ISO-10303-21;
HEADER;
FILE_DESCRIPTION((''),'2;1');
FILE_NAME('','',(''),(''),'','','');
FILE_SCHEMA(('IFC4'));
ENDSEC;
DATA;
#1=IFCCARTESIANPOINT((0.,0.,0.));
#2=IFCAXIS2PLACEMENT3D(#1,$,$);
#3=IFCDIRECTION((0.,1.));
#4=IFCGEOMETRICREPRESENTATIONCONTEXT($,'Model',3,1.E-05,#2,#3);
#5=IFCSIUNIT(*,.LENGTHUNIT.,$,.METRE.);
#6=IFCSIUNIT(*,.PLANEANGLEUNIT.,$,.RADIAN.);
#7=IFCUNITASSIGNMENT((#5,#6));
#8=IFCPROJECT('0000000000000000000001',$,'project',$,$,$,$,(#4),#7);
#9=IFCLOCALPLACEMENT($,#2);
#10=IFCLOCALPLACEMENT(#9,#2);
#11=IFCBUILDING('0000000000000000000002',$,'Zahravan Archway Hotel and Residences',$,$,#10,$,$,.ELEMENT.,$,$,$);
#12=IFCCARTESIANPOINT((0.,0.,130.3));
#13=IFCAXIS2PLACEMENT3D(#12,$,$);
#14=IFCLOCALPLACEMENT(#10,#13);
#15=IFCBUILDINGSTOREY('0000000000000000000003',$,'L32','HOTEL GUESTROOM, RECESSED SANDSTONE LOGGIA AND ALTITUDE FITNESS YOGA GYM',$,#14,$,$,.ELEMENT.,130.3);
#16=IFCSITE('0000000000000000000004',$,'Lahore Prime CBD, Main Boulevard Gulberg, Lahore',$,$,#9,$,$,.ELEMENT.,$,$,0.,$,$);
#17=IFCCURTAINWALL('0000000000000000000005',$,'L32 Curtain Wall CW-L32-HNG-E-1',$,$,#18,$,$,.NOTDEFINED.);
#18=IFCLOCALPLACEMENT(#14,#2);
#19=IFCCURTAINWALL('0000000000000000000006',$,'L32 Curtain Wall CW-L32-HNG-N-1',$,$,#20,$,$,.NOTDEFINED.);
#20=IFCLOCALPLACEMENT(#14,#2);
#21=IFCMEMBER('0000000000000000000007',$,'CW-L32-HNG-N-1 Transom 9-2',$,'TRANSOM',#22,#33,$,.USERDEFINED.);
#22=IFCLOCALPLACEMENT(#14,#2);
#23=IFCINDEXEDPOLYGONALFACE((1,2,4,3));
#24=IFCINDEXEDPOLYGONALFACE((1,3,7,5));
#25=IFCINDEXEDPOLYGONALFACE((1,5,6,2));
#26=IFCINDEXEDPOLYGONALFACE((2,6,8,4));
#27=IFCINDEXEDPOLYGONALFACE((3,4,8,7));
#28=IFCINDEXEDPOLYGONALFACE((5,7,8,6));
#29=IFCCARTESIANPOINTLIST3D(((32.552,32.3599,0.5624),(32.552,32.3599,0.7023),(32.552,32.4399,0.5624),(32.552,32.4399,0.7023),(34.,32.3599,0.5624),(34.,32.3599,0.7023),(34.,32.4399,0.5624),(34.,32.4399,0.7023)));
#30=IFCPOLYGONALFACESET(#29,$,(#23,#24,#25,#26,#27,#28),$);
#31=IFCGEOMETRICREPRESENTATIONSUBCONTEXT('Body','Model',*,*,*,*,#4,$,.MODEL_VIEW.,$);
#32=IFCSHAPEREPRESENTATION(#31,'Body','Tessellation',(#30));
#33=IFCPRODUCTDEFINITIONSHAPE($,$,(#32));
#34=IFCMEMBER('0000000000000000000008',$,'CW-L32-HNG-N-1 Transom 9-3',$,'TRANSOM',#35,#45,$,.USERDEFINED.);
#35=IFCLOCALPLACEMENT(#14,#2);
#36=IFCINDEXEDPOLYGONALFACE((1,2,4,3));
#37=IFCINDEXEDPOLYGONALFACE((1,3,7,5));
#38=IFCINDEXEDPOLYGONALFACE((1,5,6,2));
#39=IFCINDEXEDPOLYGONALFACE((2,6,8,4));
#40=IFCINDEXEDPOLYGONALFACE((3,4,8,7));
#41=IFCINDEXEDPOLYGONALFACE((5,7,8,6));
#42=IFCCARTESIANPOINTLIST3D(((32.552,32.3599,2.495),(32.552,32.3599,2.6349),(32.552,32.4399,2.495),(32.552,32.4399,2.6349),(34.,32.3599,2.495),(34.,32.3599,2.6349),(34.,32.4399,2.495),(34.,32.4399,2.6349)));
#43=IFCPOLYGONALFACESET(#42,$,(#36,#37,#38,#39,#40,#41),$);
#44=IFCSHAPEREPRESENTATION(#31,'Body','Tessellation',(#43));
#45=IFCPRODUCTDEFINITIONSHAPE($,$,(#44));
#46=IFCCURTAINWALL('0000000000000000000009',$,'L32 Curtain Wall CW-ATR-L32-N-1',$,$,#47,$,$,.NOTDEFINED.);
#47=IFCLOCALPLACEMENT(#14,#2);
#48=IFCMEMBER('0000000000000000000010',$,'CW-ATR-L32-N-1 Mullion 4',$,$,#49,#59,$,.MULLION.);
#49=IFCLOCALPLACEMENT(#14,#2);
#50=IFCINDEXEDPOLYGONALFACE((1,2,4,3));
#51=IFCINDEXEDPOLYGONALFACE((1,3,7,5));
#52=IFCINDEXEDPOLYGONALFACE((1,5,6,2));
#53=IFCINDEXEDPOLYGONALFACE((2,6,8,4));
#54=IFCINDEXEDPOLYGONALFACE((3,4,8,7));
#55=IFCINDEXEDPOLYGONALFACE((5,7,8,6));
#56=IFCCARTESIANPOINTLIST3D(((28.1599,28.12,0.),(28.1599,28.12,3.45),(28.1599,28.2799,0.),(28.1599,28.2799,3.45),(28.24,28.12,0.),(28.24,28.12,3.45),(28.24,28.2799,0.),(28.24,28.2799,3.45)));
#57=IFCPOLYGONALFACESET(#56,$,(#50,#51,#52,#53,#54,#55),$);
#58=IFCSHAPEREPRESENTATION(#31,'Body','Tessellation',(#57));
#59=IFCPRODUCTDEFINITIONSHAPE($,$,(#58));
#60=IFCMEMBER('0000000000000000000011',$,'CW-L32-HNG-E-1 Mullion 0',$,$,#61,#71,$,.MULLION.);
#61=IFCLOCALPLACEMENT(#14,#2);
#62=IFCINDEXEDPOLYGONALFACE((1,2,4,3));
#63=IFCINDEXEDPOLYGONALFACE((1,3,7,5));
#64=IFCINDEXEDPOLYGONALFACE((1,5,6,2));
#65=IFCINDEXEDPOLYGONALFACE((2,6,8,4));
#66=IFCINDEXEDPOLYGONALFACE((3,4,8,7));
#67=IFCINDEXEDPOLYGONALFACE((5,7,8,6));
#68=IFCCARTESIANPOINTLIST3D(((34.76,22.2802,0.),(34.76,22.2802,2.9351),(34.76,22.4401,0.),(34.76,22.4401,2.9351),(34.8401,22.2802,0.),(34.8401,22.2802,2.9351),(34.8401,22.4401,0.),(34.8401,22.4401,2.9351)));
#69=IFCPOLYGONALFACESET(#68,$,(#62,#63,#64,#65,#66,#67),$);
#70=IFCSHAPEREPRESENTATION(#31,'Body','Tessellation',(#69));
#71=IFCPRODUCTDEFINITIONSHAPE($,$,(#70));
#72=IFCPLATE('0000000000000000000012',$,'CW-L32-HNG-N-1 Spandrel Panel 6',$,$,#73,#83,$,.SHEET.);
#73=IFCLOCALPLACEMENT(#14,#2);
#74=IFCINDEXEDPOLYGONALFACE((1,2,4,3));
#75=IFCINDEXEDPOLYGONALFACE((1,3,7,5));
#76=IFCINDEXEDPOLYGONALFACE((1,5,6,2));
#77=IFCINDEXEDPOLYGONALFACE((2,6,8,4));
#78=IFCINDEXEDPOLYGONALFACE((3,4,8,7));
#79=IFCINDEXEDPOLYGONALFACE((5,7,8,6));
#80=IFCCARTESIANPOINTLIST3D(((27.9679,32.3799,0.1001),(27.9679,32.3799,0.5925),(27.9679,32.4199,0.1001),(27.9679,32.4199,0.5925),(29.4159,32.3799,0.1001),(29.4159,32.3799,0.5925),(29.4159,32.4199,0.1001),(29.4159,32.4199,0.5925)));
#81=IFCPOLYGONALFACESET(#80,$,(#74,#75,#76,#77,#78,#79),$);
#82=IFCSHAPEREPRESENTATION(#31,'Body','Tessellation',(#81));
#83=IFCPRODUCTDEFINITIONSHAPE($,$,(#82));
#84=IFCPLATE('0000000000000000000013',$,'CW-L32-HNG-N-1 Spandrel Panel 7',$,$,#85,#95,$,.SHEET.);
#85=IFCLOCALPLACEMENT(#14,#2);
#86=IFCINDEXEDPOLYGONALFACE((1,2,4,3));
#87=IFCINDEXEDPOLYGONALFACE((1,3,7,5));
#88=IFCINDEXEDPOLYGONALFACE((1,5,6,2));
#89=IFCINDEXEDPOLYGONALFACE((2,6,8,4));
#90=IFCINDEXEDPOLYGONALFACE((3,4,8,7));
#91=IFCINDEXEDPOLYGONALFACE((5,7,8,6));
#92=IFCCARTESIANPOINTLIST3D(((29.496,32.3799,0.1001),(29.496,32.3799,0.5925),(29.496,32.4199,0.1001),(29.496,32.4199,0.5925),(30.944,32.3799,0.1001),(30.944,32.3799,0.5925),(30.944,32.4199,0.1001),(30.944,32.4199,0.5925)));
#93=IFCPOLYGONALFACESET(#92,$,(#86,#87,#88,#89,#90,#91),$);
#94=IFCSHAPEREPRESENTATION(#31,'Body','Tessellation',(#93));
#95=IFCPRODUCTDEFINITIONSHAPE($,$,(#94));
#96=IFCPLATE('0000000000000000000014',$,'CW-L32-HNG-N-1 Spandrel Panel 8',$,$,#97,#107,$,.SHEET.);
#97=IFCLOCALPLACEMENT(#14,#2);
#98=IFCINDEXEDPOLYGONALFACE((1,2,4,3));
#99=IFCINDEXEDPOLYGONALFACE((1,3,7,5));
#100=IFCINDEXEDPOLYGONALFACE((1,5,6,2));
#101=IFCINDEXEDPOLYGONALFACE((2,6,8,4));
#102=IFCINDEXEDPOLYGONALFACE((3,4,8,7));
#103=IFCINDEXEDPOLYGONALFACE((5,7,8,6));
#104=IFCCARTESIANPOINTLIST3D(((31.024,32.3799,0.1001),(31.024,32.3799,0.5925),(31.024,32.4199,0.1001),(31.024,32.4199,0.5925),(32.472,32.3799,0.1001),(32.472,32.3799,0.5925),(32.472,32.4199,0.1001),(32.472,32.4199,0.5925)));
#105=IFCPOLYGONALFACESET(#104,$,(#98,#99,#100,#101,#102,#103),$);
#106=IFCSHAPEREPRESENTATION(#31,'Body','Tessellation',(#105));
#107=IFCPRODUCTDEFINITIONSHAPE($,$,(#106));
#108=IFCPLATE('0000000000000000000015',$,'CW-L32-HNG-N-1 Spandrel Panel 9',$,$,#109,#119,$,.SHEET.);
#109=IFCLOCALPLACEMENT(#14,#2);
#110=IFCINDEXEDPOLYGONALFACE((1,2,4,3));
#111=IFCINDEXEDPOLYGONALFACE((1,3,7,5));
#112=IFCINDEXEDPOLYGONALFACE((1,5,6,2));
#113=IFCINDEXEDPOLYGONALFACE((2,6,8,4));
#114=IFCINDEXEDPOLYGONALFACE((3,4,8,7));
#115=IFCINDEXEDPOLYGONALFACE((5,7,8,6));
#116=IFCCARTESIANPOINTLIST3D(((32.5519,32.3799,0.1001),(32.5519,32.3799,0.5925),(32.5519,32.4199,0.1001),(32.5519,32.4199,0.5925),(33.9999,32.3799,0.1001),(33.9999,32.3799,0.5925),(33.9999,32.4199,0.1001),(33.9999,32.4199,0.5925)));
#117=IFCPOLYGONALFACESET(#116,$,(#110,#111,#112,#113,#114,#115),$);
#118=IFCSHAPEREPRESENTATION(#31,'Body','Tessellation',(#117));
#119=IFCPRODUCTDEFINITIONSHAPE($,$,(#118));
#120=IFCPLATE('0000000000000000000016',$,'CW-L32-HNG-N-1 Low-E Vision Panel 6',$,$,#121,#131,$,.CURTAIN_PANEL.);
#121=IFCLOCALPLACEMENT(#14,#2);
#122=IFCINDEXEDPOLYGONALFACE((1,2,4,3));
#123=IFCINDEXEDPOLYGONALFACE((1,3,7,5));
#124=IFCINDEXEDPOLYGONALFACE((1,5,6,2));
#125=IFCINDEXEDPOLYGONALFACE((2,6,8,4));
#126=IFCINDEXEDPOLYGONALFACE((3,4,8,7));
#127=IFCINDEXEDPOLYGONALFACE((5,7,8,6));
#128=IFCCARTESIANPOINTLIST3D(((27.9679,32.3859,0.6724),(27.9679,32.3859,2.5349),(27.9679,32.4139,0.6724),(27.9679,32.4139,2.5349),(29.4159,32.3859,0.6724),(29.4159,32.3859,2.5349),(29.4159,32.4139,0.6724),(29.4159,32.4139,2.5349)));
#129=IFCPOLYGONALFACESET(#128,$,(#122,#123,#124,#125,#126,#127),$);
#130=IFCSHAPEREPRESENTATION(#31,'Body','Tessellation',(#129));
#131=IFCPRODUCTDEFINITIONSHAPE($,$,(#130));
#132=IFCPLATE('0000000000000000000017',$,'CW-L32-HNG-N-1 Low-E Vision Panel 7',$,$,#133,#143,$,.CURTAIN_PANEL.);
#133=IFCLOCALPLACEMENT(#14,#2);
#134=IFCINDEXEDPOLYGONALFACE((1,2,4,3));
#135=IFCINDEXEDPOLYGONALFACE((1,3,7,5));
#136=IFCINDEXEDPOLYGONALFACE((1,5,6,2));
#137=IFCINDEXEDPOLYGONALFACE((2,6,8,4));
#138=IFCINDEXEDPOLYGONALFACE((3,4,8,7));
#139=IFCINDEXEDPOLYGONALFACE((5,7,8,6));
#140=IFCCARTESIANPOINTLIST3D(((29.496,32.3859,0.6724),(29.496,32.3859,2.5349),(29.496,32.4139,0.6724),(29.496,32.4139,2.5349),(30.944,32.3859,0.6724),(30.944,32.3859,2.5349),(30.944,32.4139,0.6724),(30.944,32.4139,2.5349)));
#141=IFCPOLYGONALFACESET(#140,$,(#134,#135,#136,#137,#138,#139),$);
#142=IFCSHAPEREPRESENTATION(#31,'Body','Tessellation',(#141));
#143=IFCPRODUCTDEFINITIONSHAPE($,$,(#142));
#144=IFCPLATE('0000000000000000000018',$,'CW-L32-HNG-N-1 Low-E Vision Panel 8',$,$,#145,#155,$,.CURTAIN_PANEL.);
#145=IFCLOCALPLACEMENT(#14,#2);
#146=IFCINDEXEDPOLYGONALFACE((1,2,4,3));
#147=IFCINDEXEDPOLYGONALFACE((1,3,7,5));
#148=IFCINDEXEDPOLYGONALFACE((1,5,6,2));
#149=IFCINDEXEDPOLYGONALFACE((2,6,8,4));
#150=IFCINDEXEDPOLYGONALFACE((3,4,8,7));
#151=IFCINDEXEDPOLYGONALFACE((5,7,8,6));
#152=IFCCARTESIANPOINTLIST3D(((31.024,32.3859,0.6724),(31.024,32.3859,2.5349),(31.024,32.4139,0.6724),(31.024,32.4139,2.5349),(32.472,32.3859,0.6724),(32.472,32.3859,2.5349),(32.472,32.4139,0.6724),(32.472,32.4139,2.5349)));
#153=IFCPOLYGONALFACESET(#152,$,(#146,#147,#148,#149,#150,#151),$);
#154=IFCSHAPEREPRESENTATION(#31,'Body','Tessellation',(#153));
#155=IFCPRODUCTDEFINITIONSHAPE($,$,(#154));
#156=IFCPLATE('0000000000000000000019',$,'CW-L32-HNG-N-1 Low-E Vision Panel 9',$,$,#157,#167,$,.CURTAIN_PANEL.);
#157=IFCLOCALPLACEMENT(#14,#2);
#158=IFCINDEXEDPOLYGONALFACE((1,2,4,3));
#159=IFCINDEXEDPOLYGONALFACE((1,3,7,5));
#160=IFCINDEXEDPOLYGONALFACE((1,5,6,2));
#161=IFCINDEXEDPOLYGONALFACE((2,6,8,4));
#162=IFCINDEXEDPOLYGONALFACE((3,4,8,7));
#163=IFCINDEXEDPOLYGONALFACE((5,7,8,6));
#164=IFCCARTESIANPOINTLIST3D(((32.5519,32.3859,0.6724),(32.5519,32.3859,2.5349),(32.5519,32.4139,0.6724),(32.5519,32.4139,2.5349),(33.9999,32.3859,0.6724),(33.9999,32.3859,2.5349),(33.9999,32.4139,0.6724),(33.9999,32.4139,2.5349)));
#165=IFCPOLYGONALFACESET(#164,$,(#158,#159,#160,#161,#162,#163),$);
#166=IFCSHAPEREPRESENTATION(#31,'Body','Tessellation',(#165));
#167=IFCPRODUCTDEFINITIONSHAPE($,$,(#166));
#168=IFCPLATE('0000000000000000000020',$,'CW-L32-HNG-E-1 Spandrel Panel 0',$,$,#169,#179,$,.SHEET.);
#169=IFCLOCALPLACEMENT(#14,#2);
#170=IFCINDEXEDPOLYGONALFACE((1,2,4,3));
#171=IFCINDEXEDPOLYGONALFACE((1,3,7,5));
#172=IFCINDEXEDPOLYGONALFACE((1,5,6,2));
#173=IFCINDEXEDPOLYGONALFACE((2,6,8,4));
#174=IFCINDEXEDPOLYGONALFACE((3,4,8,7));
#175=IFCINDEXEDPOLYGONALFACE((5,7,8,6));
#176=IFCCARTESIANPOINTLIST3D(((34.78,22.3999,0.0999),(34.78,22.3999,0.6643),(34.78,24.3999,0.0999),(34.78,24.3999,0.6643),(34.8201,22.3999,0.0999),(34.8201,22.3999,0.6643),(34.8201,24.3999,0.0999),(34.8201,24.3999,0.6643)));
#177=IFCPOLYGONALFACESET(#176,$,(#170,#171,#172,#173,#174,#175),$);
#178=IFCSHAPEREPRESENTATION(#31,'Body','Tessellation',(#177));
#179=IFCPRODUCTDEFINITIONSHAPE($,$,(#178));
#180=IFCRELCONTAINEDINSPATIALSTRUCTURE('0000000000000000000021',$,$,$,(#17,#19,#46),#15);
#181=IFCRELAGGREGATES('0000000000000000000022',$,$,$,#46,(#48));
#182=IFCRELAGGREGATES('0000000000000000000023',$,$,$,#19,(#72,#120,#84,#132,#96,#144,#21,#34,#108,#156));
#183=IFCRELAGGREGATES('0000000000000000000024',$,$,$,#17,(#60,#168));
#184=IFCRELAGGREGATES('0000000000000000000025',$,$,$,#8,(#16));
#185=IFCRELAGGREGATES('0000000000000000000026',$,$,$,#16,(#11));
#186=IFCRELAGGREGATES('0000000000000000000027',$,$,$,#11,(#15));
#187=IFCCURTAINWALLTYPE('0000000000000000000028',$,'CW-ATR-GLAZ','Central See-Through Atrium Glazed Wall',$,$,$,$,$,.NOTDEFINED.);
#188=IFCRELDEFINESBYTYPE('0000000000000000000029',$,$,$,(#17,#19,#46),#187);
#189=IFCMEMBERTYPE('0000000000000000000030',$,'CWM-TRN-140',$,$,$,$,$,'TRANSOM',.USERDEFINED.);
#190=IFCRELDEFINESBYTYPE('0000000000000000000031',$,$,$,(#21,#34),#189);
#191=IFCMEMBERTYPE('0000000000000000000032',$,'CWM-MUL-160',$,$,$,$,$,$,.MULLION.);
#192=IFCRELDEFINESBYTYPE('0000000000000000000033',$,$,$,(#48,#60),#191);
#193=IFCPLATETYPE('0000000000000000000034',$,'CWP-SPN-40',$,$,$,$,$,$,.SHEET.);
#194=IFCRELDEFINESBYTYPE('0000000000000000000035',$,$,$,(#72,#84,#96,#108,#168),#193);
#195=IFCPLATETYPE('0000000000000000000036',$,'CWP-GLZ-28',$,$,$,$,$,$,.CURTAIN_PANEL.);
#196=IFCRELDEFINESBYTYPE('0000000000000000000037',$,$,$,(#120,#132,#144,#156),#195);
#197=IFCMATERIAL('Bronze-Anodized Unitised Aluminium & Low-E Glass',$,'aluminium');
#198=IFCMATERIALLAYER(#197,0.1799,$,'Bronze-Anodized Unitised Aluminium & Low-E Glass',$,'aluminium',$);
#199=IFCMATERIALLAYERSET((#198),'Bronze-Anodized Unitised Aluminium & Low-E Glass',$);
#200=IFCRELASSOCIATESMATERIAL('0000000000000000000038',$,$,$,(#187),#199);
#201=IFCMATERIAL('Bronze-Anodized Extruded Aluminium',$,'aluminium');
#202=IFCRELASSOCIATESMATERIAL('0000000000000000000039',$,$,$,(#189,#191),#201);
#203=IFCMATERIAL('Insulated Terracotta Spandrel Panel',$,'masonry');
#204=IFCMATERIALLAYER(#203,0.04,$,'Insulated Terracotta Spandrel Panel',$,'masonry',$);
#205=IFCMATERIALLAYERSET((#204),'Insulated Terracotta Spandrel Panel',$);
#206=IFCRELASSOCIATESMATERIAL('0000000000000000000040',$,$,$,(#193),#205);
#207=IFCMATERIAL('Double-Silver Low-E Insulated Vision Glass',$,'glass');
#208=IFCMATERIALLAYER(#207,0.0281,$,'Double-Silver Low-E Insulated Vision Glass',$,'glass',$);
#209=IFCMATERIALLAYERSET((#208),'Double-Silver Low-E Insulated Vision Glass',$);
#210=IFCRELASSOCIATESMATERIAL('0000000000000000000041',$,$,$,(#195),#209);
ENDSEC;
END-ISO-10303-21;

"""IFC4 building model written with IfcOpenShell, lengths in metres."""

from ifc_helpers import new_model, si_unit, direction, frame, origin, origin_2d, place, context, subcontext, project, spatial, rectangle, extrude, source, transform, mapped, material, layer, layer_set, material_profile, profile_set, type_object, element, aggregate, save


model = new_model("IFC4")

# Units and contexts
model_context = context("Model", 3, precision=1e-05, world=origin(), true_north=direction((0.0, 1.0)))
body_context = subcontext(model_context, "Body", "Model", "MODEL_VIEW")
ifc_project = project(units=[si_unit("LENGTHUNIT", "METRE"), si_unit("PLANEANGLEUNIT", "RADIAN")], contexts=[model_context])

# Site, building, storey
site_placement = place(None, origin())
site = spatial("IfcSite", under=ifc_project, at=site_placement, Name="Lahore Prime CBD, Main Boulevard Gulberg, Lahore", CompositionType="ELEMENT", RefElevation=0.0)
building_placement = place(site_placement, origin())
building = spatial("IfcBuilding", under=site, at=building_placement, Name="Zahravan Archway Hotel and Residences", CompositionType="ELEMENT")
storey_placement = place(building_placement, frame((0.0, 0.0, 130.3)))
storey = spatial("IfcBuildingStorey", under=building, at=storey_placement, Name="L32", Description="HOTEL GUESTROOM, RECESSED SANDSTONE LOGGIA AND ALTITUDE FITNESS YOGA GYM", CompositionType="ELEMENT", Elevation=130.3)

# Curtain walls, members
ifc_material_1 = material(Name="Bronze-Anodized Unitised Aluminium & Low-E Glass", Category="aluminium")
ifc_layer_1 = layer(ifc_material_1, 0.1799, Name="Bronze-Anodized Unitised Aluminium & Low-E Glass", Category="aluminium")
ifc_layer_set_1 = layer_set([ifc_layer_1], Name="Bronze-Anodized Unitised Aluminium & Low-E Glass")
curtain_wall_type = type_object("IfcCurtainWallType", Name="CW-ATR-GLAZ", Description="Central See-Through Atrium Glazed Wall", PredefinedType="NOTDEFINED", material=ifc_layer_set_1)
curtain_wall_1_placement = place(storey_placement, origin())
curtain_wall_1 = element("IfcCurtainWall", 1, at=curtain_wall_1_placement, inside=storey, type_object=curtain_wall_type, Name="L32 Curtain Wall CW-L32-HNG-E-1", PredefinedType="NOTDEFINED")
ifc_material_2 = material(Name="Bronze-Anodized Extruded Aluminium", Category="aluminium")
ifc_material_profile_1 = material_profile(ifc_material_2, rectangle(XDim=0.0801, YDim=0.1399, at=origin_2d()), Name="TRN 80x140", Category="aluminium")
ifc_profile_set_1 = profile_set([ifc_material_profile_1], Name="Bronze-Anodized Extruded Aluminium")
member_type_1 = type_object("IfcMemberType", Name="CWM-TRN-140", ElementType="TRANSOM", PredefinedType="USERDEFINED", material=ifc_profile_set_1)
curtain_wall_2_placement = place(storey_placement, origin())
curtain_wall_2 = element("IfcCurtainWall", 2, at=curtain_wall_2_placement, inside=storey, type_object=curtain_wall_type, Name="L32 Curtain Wall CW-L32-HNG-N-1", PredefinedType="NOTDEFINED")
ifc_material_profile_2 = material_profile(ifc_material_2, rectangle(XDim=0.0801, YDim=0.1599, at=origin_2d()), Name="MUL 80x160", Category="aluminium")
ifc_profile_set_2 = profile_set([ifc_material_profile_2], Name="Bronze-Anodized Extruded Aluminium")
member_type_2 = type_object("IfcMemberType", Name="CWM-MUL-160", PredefinedType="MULLION", material=ifc_profile_set_2)
shared_shape_1 = source(origin(), body_context, "Body", "SweptSolid", [
    extrude(rectangle(XDim=0.0801, YDim=0.1399, at=origin_2d()), origin(), (0.0, 0.0, 1.0), 1.448),
])
member_1_placement = place(storey_placement, frame((32.552, 32.3999, 0.6323), z_axis=(1.0, 0.0, 0.0), x_axis=(0.0, 1.0, 0.0)))
member_1 = element("IfcMember", 3, at=member_1_placement, type_object=member_type_1, Name="CW-L32-HNG-N-1 Transom 9-2", ObjectType="TRANSOM", PredefinedType="USERDEFINED", context=body_context, shape_type="MappedRepresentation", body=[
    mapped(shared_shape_1, transform((0.0, 0.0, 0.0), scale=1.0)),
])
member_2_placement = place(storey_placement, frame((32.552, 32.3999, 2.5649), z_axis=(1.0, 0.0, 0.0), x_axis=(0.0, 1.0, 0.0)))
member_2 = element("IfcMember", 4, at=member_2_placement, type_object=member_type_1, Name="CW-L32-HNG-N-1 Transom 9-3", ObjectType="TRANSOM", PredefinedType="USERDEFINED", context=body_context, shape_type="MappedRepresentation", body=[
    mapped(shared_shape_1, transform((0.0, 0.0, 0.0), scale=1.0)),
])

# Curtain wall, member
curtain_wall_3_placement = place(storey_placement, origin())
curtain_wall_3 = element("IfcCurtainWall", 5, at=curtain_wall_3_placement, inside=storey, type_object=curtain_wall_type, Name="L32 Curtain Wall CW-ATR-L32-N-1", PredefinedType="NOTDEFINED")
shared_shape_2 = source(origin(), body_context, "Body", "SweptSolid", [
    extrude(rectangle(XDim=0.0801, YDim=0.1599, at=origin_2d()), origin(), (0.0, 0.0, 1.0), 3.45),
])
member_3_placement = place(storey_placement, frame((28.2, 28.2, 0.0), z_axis=(0.0, 0.0, 1.0), x_axis=(1.0, 0.0, 0.0)))
member_3 = element("IfcMember", 6, at=member_3_placement, type_object=member_type_2, Name="CW-ATR-L32-N-1 Mullion 4", PredefinedType="MULLION", context=body_context, shape_type="MappedRepresentation", body=[
    mapped(shared_shape_2, transform((0.0, 0.0, 0.0), scale=1.0)),
])
aggregate(curtain_wall_3, [member_3])

# Member
shared_shape_3 = source(origin(), body_context, "Body", "SweptSolid", [
    extrude(rectangle(XDim=0.0801, YDim=0.1599, at=origin_2d()), origin(), (0.0, 0.0, 1.0), 2.9351),
])
member_4_placement = place(storey_placement, frame((34.8, 22.3601, 0.0), z_axis=(0.0, 0.0, 1.0), x_axis=(1.0, 0.0, 0.0)))
member_4 = element("IfcMember", 7, at=member_4_placement, type_object=member_type_2, Name="CW-L32-HNG-E-1 Mullion 0", PredefinedType="MULLION", context=body_context, shape_type="MappedRepresentation", body=[
    mapped(shared_shape_3, transform((0.0, 0.0, 0.0), scale=1.0)),
])

# Plates
ifc_material_3 = material(Name="Insulated Terracotta Spandrel Panel", Category="masonry")
ifc_layer_2 = layer(ifc_material_3, 0.04, Name="Insulated Terracotta Spandrel Panel", Category="masonry")
ifc_layer_set_2 = layer_set([ifc_layer_2], Name="Insulated Terracotta Spandrel Panel")
plate_type_1 = type_object("IfcPlateType", Name="CWP-SPN-40", PredefinedType="SHEET", material=ifc_layer_set_2)
shared_shape_4 = source(origin(), body_context, "Body", "SweptSolid", [
    extrude(rectangle(XDim=1.448, YDim=0.04, at=origin_2d()), origin(), (0.0, 0.0, 1.0), 0.4924),
])
plate_1_placement = place(storey_placement, frame((28.6919, 32.3999, 0.1001), z_axis=(0.0, 0.0, 1.0), x_axis=(1.0, 0.0, 0.0)))
plate_1 = element("IfcPlate", 8, at=plate_1_placement, type_object=plate_type_1, Name="CW-L32-HNG-N-1 Spandrel Panel 6", PredefinedType="SHEET", context=body_context, shape_type="MappedRepresentation", body=[
    mapped(shared_shape_4, transform((0.0, 0.0, 0.0), scale=1.0)),
])
plate_2_placement = place(storey_placement, frame((30.22, 32.3999, 0.1001), z_axis=(0.0, 0.0, 1.0), x_axis=(1.0, 0.0, 0.0)))
plate_2 = element("IfcPlate", 9, at=plate_2_placement, type_object=plate_type_1, Name="CW-L32-HNG-N-1 Spandrel Panel 7", PredefinedType="SHEET", context=body_context, shape_type="MappedRepresentation", body=[
    mapped(shared_shape_4, transform((0.0, 0.0, 0.0), scale=1.0)),
])
plate_3_placement = place(storey_placement, frame((31.748, 32.3999, 0.1001), z_axis=(0.0, 0.0, 1.0), x_axis=(1.0, 0.0, 0.0)))
plate_3 = element("IfcPlate", 10, at=plate_3_placement, type_object=plate_type_1, Name="CW-L32-HNG-N-1 Spandrel Panel 8", PredefinedType="SHEET", context=body_context, shape_type="MappedRepresentation", body=[
    mapped(shared_shape_4, transform((0.0, 0.0, 0.0), scale=1.0)),
])
plate_4_placement = place(storey_placement, frame((33.2759, 32.3999, 0.1001), z_axis=(0.0, 0.0, 1.0), x_axis=(1.0, 0.0, 0.0)))
plate_4 = element("IfcPlate", 11, at=plate_4_placement, type_object=plate_type_1, Name="CW-L32-HNG-N-1 Spandrel Panel 9", PredefinedType="SHEET", context=body_context, shape_type="MappedRepresentation", body=[
    mapped(shared_shape_4, transform((0.0, 0.0, 0.0), scale=1.0)),
])
ifc_material_4 = material(Name="Double-Silver Low-E Insulated Vision Glass", Category="glass")
ifc_layer_3 = layer(ifc_material_4, 0.0281, Name="Double-Silver Low-E Insulated Vision Glass", Category="glass")
ifc_layer_set_3 = layer_set([ifc_layer_3], Name="Double-Silver Low-E Insulated Vision Glass")
plate_type_2 = type_object("IfcPlateType", Name="CWP-GLZ-28", PredefinedType="CURTAIN_PANEL", material=ifc_layer_set_3)
shared_shape_5 = source(origin(), body_context, "Body", "SweptSolid", [
    extrude(rectangle(XDim=1.448, YDim=0.0281, at=origin_2d()), origin(), (0.0, 0.0, 1.0), 1.8625),
])
plate_5_placement = place(storey_placement, frame((28.6919, 32.3999, 0.6724), z_axis=(0.0, 0.0, 1.0), x_axis=(1.0, 0.0, 0.0)))
plate_5 = element("IfcPlate", 12, at=plate_5_placement, type_object=plate_type_2, Name="CW-L32-HNG-N-1 Low-E Vision Panel 6", PredefinedType="CURTAIN_PANEL", context=body_context, shape_type="MappedRepresentation", body=[
    mapped(shared_shape_5, transform((0.0, 0.0, 0.0), scale=1.0)),
])
plate_6_placement = place(storey_placement, frame((30.22, 32.3999, 0.6724), z_axis=(0.0, 0.0, 1.0), x_axis=(1.0, 0.0, 0.0)))
plate_6 = element("IfcPlate", 13, at=plate_6_placement, type_object=plate_type_2, Name="CW-L32-HNG-N-1 Low-E Vision Panel 7", PredefinedType="CURTAIN_PANEL", context=body_context, shape_type="MappedRepresentation", body=[
    mapped(shared_shape_5, transform((0.0, 0.0, 0.0), scale=1.0)),
])
plate_7_placement = place(storey_placement, frame((31.748, 32.3999, 0.6724), z_axis=(0.0, 0.0, 1.0), x_axis=(1.0, 0.0, 0.0)))
plate_7 = element("IfcPlate", 14, at=plate_7_placement, type_object=plate_type_2, Name="CW-L32-HNG-N-1 Low-E Vision Panel 8", PredefinedType="CURTAIN_PANEL", context=body_context, shape_type="MappedRepresentation", body=[
    mapped(shared_shape_5, transform((0.0, 0.0, 0.0), scale=1.0)),
])
plate_8_placement = place(storey_placement, frame((33.2759, 32.3999, 0.6724), z_axis=(0.0, 0.0, 1.0), x_axis=(1.0, 0.0, 0.0)))
plate_8 = element("IfcPlate", 15, at=plate_8_placement, type_object=plate_type_2, Name="CW-L32-HNG-N-1 Low-E Vision Panel 9", PredefinedType="CURTAIN_PANEL", context=body_context, shape_type="MappedRepresentation", body=[
    mapped(shared_shape_5, transform((0.0, 0.0, 0.0), scale=1.0)),
])
aggregate(curtain_wall_2, [plate_1, plate_5, plate_2, plate_6, plate_3, plate_7, member_1, member_2, plate_4, plate_8])
shared_shape_6 = source(origin(), body_context, "Body", "SweptSolid", [
    extrude(rectangle(XDim=2.0, YDim=0.04, at=origin_2d()), origin(), (0.0, 0.0, 1.0), 0.5645),
])
plate_9_placement = place(storey_placement, frame((34.8, 23.3999, 0.0999), z_axis=(0.0, 0.0, 1.0), x_axis=(0.0, 1.0, 0.0)))
plate_9 = element("IfcPlate", 16, at=plate_9_placement, type_object=plate_type_1, Name="CW-L32-HNG-E-1 Spandrel Panel 0", PredefinedType="SHEET", context=body_context, shape_type="MappedRepresentation", body=[
    mapped(shared_shape_6, transform((0.0, 0.0, 0.0), scale=1.0)),
])
aggregate(curtain_wall_1, [member_4, plate_9])

save(model, "model.ifc")
